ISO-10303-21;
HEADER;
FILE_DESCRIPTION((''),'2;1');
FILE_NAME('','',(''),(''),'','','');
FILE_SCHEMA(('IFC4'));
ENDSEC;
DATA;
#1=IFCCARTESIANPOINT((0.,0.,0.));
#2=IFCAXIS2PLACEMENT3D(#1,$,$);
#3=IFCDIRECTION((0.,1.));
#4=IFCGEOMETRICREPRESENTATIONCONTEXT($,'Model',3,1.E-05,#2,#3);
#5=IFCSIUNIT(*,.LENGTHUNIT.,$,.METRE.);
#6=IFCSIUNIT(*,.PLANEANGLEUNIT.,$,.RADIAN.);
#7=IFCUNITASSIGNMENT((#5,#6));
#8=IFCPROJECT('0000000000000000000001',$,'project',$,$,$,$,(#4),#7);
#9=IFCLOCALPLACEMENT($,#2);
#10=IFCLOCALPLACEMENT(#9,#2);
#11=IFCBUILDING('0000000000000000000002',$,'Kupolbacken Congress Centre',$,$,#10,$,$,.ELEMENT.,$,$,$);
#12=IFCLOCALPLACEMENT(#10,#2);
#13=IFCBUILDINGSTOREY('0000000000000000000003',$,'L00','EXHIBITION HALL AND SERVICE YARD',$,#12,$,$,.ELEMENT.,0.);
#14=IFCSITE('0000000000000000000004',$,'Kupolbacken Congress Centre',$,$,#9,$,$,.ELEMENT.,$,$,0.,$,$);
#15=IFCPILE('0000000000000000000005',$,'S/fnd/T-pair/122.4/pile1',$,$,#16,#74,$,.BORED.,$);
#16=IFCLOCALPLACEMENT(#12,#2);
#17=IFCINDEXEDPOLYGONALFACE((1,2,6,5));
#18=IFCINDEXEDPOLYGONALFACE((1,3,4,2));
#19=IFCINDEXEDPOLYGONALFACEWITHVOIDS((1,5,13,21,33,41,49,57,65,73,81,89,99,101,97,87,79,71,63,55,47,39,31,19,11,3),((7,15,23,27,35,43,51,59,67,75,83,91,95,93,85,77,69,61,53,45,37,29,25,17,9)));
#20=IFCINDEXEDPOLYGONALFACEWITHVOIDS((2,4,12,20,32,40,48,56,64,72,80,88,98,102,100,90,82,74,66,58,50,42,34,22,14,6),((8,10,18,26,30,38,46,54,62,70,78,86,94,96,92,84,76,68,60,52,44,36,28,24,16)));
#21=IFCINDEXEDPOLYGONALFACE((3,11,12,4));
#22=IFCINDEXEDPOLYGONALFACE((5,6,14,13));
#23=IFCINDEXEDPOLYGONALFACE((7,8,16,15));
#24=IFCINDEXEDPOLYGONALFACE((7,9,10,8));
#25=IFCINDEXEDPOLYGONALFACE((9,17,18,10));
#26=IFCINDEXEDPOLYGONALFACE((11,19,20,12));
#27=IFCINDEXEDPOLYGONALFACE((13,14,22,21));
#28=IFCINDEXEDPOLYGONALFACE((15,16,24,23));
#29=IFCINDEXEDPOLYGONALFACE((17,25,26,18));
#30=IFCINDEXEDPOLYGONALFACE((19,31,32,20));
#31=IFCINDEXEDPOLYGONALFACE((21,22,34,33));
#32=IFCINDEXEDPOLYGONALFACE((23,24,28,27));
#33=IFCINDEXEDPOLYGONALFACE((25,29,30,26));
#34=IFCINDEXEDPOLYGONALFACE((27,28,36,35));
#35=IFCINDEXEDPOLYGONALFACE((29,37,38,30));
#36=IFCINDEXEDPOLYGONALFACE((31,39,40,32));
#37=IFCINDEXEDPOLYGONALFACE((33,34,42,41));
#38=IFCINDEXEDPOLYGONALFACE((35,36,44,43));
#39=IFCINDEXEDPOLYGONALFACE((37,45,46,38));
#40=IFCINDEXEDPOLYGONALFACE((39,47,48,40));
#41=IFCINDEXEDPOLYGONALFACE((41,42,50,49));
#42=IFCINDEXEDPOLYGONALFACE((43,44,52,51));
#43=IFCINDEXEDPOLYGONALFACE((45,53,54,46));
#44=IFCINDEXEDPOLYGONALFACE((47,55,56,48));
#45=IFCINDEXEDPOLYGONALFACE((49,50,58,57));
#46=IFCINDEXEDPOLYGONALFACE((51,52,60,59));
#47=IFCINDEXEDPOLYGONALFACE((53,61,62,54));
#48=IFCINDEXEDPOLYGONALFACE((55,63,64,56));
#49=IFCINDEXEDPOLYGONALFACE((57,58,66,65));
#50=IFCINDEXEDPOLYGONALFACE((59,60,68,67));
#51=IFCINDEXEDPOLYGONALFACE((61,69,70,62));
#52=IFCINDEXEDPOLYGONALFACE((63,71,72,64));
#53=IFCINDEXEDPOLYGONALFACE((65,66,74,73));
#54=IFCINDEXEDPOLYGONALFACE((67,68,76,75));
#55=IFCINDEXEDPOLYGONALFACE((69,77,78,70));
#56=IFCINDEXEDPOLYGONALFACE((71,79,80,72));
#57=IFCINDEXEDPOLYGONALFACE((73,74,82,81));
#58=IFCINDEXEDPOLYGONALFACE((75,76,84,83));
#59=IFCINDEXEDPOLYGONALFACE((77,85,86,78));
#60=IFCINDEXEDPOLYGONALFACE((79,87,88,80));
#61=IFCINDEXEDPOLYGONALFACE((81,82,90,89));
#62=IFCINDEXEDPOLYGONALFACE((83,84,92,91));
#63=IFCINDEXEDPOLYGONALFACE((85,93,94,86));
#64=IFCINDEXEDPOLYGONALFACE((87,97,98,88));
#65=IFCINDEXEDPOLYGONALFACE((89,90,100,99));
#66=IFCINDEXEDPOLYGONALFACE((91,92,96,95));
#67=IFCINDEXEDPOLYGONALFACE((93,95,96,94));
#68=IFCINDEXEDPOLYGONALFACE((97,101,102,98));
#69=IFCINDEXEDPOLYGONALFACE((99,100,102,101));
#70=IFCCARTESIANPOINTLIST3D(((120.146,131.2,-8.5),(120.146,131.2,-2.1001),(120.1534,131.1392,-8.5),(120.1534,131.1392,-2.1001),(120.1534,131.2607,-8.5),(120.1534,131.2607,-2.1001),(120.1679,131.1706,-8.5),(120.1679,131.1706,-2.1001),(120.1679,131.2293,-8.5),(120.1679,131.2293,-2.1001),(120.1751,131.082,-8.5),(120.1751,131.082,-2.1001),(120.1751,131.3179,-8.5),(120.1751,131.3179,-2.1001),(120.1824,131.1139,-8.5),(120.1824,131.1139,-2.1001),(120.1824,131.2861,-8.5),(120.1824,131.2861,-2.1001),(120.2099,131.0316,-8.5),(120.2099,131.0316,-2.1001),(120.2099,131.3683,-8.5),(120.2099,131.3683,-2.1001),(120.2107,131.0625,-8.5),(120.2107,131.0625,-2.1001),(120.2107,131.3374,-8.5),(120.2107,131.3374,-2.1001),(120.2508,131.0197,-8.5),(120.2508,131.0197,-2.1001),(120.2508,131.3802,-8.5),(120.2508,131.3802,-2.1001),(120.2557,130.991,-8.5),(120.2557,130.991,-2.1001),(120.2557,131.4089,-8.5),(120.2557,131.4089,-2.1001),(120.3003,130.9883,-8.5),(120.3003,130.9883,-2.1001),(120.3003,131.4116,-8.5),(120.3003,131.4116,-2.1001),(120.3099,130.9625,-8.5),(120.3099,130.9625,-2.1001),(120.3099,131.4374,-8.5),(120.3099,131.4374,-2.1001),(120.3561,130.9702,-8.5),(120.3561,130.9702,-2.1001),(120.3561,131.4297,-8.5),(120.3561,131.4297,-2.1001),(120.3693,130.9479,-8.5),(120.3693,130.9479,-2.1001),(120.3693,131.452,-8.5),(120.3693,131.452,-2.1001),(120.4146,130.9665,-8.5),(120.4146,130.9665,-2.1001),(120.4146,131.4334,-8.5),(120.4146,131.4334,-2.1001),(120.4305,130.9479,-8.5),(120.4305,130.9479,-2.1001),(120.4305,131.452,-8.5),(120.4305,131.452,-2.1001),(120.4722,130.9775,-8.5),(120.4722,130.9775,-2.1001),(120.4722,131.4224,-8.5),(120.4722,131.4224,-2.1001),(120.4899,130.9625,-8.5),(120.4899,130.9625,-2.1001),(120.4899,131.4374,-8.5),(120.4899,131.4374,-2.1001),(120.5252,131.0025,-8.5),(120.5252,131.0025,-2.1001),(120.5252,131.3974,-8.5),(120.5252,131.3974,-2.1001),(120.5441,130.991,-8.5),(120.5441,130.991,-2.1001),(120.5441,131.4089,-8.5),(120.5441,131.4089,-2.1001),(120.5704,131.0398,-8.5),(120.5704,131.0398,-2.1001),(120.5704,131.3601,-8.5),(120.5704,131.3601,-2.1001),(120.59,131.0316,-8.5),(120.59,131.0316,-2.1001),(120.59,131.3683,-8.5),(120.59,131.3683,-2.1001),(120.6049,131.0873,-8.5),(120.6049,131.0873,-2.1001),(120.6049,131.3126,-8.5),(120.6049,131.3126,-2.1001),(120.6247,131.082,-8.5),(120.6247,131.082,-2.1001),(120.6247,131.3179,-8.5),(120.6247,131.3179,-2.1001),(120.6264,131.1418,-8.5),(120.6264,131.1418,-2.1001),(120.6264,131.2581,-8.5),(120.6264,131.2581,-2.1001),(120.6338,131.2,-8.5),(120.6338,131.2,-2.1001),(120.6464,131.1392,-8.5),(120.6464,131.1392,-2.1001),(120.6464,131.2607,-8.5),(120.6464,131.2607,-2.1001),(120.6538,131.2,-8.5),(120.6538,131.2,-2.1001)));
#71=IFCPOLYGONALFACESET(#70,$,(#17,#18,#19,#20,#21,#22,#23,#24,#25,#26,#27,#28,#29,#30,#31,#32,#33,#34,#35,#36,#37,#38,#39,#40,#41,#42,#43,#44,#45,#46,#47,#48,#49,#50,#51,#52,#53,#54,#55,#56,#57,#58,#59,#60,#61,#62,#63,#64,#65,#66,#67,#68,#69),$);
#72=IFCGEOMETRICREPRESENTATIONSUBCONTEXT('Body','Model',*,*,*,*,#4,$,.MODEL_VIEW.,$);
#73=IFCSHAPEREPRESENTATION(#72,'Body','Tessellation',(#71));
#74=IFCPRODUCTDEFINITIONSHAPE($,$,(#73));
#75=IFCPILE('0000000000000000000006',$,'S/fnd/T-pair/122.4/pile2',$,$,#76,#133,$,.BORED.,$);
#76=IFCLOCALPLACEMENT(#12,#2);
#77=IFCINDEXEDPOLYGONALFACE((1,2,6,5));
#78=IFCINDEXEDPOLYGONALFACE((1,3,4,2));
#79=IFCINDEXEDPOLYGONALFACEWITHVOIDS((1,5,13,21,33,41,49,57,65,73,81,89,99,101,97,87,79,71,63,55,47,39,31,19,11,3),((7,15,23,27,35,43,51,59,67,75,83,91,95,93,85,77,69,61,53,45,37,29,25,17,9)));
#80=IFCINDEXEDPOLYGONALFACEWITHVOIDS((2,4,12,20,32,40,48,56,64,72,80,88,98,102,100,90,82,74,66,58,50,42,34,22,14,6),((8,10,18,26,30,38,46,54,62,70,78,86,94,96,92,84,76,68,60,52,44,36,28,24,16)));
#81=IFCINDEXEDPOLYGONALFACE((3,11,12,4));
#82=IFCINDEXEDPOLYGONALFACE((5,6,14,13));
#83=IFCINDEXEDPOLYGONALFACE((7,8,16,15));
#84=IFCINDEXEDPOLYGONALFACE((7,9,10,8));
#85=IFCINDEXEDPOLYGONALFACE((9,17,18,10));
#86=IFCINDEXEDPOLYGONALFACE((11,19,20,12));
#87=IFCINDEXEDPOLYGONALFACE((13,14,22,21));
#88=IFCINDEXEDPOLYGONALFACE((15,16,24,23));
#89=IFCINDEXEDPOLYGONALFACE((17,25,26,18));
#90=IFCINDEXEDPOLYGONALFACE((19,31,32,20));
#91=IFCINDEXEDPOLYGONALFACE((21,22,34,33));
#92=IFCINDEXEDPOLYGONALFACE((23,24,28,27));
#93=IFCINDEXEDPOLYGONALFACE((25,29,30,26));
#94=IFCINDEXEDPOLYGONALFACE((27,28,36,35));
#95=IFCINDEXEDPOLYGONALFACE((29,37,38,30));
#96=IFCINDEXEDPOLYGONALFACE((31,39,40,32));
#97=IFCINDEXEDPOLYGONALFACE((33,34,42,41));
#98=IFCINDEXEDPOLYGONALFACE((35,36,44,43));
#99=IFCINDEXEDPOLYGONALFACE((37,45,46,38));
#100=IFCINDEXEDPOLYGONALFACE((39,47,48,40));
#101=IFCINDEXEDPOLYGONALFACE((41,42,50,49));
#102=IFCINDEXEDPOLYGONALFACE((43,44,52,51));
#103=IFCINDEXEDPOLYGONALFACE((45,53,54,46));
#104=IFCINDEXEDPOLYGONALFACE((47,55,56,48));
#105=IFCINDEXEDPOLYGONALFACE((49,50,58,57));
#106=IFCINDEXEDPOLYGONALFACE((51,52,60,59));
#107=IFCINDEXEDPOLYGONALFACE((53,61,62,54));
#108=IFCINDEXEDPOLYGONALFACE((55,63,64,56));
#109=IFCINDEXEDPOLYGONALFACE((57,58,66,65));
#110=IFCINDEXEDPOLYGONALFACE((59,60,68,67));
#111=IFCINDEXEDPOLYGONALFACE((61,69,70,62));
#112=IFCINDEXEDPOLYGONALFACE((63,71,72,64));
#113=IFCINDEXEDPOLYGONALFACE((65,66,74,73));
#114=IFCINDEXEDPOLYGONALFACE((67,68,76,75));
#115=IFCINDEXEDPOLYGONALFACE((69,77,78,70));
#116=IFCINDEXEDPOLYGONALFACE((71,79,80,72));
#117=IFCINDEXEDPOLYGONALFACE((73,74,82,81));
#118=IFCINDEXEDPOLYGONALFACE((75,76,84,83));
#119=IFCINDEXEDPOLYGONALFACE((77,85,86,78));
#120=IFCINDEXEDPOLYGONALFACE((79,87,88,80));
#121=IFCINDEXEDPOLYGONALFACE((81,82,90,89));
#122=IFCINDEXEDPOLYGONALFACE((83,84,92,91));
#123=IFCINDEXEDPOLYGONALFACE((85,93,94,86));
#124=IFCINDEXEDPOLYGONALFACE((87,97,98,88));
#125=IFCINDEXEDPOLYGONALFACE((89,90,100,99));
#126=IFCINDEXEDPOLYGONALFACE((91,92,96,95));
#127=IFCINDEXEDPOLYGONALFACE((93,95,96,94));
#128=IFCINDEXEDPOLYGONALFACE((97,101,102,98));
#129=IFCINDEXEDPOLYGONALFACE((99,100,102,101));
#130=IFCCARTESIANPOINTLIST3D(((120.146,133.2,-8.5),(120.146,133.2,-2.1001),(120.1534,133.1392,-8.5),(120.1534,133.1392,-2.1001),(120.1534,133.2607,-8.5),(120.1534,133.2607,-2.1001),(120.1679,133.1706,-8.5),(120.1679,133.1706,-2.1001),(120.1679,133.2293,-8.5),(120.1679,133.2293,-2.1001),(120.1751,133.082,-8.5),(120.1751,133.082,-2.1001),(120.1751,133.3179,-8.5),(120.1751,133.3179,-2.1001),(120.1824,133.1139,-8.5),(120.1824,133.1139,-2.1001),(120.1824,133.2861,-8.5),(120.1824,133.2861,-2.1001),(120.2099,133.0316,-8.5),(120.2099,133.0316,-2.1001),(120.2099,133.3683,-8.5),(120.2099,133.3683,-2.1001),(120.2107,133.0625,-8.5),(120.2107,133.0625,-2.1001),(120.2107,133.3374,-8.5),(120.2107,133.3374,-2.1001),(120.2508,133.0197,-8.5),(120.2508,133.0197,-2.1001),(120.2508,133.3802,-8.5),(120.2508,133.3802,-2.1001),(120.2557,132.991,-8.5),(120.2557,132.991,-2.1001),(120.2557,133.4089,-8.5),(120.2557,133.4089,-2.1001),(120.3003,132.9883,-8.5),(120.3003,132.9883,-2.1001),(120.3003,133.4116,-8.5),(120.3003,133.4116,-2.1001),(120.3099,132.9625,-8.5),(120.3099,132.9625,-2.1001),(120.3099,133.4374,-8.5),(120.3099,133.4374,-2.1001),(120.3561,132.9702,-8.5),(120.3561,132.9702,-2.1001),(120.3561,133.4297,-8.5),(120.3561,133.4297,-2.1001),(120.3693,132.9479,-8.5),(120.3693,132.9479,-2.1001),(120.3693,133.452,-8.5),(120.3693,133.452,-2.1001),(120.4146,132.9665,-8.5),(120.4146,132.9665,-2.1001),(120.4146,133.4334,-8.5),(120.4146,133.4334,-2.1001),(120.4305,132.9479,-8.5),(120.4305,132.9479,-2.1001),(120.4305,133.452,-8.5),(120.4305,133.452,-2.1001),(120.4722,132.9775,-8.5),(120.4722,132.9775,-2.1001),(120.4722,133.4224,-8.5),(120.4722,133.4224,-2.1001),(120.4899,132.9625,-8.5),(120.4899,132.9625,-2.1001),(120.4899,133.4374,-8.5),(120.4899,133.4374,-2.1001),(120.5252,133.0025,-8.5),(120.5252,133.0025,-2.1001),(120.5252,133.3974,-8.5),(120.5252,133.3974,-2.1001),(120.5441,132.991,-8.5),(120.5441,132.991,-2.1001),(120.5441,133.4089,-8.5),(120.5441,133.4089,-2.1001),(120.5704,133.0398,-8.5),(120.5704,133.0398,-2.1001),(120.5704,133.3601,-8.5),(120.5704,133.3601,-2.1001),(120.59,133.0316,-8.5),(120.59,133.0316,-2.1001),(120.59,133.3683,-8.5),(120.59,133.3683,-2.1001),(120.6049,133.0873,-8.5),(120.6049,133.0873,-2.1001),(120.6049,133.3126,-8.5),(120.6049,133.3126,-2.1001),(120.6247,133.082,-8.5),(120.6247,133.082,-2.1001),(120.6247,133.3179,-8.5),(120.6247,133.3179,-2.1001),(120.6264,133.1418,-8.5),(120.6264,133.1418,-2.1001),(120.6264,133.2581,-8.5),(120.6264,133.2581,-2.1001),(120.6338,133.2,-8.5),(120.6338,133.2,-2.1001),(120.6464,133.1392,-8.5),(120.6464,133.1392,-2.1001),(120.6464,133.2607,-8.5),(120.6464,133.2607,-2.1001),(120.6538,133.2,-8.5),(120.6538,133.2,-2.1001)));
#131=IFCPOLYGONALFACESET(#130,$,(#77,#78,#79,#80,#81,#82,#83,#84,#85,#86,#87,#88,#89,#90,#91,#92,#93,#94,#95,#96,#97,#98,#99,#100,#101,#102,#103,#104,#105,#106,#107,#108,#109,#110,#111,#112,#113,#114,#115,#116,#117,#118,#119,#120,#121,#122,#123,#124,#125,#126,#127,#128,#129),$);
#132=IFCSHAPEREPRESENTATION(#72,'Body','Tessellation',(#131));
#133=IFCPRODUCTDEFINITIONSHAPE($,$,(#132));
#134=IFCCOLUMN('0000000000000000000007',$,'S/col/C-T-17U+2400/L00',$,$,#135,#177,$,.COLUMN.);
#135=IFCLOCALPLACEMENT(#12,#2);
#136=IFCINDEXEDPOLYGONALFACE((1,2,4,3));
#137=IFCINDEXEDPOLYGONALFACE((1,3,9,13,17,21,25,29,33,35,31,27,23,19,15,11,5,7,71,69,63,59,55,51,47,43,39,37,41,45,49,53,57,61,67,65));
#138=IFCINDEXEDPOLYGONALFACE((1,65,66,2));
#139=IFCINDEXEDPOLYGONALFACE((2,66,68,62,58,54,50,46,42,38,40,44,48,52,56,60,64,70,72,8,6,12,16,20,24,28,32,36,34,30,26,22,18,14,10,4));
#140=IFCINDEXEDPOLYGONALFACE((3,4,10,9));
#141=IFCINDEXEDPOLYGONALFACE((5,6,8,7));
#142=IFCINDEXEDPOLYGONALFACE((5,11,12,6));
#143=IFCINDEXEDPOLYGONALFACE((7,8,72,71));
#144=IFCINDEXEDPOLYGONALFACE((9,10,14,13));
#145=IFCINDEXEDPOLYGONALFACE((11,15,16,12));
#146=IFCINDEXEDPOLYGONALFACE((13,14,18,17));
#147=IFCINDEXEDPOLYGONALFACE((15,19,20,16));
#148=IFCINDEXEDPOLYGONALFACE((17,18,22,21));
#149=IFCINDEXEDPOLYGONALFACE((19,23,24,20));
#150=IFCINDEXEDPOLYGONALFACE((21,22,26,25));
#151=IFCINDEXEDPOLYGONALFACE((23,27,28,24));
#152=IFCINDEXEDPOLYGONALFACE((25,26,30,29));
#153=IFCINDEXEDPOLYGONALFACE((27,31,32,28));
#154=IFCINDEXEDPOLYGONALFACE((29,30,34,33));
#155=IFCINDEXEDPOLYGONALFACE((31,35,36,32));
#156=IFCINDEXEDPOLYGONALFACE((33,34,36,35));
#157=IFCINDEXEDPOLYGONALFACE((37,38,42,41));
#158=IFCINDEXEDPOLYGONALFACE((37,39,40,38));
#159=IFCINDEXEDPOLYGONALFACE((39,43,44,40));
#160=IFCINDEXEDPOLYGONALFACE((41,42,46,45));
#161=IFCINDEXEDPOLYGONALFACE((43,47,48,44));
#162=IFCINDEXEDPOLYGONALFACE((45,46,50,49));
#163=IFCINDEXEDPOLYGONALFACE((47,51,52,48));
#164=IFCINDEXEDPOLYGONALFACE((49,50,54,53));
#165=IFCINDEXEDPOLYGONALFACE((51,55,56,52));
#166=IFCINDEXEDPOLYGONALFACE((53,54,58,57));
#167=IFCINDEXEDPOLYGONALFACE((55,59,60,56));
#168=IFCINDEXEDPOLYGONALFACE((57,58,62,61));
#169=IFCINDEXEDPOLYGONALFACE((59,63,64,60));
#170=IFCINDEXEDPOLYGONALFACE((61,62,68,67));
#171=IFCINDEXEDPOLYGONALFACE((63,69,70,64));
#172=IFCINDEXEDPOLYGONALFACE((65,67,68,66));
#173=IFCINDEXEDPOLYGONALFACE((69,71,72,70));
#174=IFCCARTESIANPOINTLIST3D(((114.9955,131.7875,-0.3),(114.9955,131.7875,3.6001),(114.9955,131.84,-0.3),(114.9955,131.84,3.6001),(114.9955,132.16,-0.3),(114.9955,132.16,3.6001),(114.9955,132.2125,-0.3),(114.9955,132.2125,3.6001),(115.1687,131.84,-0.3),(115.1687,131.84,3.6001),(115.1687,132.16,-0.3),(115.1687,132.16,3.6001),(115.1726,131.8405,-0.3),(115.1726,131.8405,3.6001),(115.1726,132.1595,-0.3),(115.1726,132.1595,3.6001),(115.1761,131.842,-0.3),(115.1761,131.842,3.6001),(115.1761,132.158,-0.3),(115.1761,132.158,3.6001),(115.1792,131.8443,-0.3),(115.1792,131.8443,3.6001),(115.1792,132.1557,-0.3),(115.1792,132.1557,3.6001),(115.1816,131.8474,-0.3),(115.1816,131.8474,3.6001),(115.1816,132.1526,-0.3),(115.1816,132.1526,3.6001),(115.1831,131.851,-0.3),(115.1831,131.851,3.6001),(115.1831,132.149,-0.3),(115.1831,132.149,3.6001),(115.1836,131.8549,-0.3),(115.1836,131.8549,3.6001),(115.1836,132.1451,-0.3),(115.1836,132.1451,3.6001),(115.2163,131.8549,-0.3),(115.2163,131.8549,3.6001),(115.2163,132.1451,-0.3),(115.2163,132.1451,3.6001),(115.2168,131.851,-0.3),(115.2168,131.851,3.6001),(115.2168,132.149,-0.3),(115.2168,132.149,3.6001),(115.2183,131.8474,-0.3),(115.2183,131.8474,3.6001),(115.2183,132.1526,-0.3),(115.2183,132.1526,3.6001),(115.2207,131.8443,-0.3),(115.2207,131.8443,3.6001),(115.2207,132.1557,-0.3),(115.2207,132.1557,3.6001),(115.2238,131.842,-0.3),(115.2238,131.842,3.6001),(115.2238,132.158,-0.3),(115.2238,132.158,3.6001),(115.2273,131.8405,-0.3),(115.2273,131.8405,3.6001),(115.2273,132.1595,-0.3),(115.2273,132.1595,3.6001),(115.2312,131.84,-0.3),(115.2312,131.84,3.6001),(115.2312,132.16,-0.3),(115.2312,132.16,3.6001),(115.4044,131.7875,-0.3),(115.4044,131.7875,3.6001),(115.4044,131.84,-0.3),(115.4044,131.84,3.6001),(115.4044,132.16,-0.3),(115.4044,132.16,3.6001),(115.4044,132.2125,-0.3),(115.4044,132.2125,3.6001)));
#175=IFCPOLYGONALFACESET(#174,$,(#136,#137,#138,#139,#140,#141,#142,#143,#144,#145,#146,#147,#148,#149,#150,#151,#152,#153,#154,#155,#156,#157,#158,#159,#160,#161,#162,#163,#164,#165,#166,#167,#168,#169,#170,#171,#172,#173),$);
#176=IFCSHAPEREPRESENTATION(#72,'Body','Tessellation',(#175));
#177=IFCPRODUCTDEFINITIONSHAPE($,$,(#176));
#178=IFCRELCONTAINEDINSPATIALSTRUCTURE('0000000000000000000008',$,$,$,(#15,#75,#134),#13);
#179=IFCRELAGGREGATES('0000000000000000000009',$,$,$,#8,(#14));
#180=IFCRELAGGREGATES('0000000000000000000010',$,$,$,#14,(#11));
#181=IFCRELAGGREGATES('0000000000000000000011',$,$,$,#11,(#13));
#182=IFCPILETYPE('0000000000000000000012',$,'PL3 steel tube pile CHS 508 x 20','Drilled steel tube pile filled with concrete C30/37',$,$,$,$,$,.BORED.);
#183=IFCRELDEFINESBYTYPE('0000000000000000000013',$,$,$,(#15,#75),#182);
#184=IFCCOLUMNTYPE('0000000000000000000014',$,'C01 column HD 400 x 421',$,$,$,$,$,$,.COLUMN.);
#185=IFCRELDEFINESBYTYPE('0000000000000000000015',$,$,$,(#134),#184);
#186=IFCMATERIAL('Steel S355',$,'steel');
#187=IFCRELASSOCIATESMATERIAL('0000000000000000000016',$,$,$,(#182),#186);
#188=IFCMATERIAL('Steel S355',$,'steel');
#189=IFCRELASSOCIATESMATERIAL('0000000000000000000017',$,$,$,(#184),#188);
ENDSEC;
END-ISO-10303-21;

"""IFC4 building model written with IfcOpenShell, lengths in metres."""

from ifc_helpers import new_model, si_unit, direction, frame, origin, origin_2d, place, context, subcontext, project, spatial, hollow_circle, i_section, extrude, material, material_profile, profile_set, type_object, element, save


model = new_model("IFC4")

# Units and contexts
model_context = context("Model", 3, precision=1e-05, world=origin(), true_north=direction((0.0, 1.0)))
body_context = subcontext(model_context, "Body", "Model", "MODEL_VIEW")
ifc_project = project(units=[si_unit("LENGTHUNIT", "METRE"), si_unit("PLANEANGLEUNIT", "RADIAN")], contexts=[model_context])

# Site, building, storey
site_placement = place(None, origin())
site = spatial("IfcSite", under=ifc_project, at=site_placement, Name="Kupolbacken Congress Centre", CompositionType="ELEMENT", RefElevation=0.0)
building_placement = place(site_placement, origin())
building = spatial("IfcBuilding", under=site, at=building_placement, Name="Kupolbacken Congress Centre", CompositionType="ELEMENT")
storey_placement = place(building_placement, origin())
storey = spatial("IfcBuildingStorey", under=building, at=storey_placement, Name="L00", Description="EXHIBITION HALL AND SERVICE YARD", CompositionType="ELEMENT", Elevation=0.0)

# Piles
ifc_material_1 = material(Name="Steel S355", Category="steel")
ifc_material_profile_1 = material_profile(ifc_material_1, hollow_circle(Radius=0.2539, WallThickness=0.02, at=origin_2d()), Name="CHS 508 x 20")
ifc_profile_set_1 = profile_set([ifc_material_profile_1], Name="Steel S355")
pile_type_1 = type_object("IfcPileType", Name="PL3 steel tube pile CHS 508 x 20", Description="Drilled steel tube pile filled with concrete C30/37", PredefinedType="BORED", material=ifc_profile_set_1)
for number, where, z_axis, x_axis, name in (
    (1, (120.3999, 131.2, -2.1001), (0.0, 0.0, -1.0), (1.0, 0.0, 0.0), "S/fnd/T-pair/122.4/pile1"),
    (2, (120.3999, 133.2, -2.1001), (0.0, 0.0, -1.0), (1.0, 0.0, 0.0), "S/fnd/T-pair/122.4/pile2"),
):
    element("IfcPile", number, at=place(storey_placement, frame(where, z_axis=z_axis, x_axis=x_axis)), inside=storey, type_object=pile_type_1, Name=name, PredefinedType="BORED", context=body_context, shape_type="SweptSolid", body=[
        extrude(hollow_circle(Radius=0.2539, WallThickness=0.02, at=origin_2d()), origin(), (0.0, 0.0, 1.0), 6.3999),
    ])

# Column
ifc_material_2 = material(Name="Steel S355", Category="steel")
ifc_material_profile_2 = material_profile(ifc_material_2, i_section(OverallWidth=0.4089, OverallDepth=0.425, WebThickness=0.0327, FlangeThickness=0.0525, FilletRadius=0.0149, at=origin_2d()), Name="HD 400 x 421")
ifc_profile_set_2 = profile_set([ifc_material_profile_2], Name="Steel S355")
column_type_1 = type_object("IfcColumnType", Name="C01 column HD 400 x 421", PredefinedType="COLUMN", material=ifc_profile_set_2)
column_1_placement = place(storey_placement, frame((115.2, 132.0, -0.3), z_axis=(0.0, 0.0, 1.0), x_axis=(1.0, 0.0, 0.0)))
element("IfcColumn", 3, at=column_1_placement, inside=storey, type_object=column_type_1, Name="S/col/C-T-17U+2400/L00", PredefinedType="COLUMN", context=body_context, shape_type="SweptSolid", body=[
    extrude(i_section(OverallWidth=0.4089, OverallDepth=0.425, WebThickness=0.0327, FlangeThickness=0.0525, FilletRadius=0.0149, at=origin_2d()), origin(), (0.0, 0.0, 1.0), 3.9001),
])

save(model, "model.ifc")
